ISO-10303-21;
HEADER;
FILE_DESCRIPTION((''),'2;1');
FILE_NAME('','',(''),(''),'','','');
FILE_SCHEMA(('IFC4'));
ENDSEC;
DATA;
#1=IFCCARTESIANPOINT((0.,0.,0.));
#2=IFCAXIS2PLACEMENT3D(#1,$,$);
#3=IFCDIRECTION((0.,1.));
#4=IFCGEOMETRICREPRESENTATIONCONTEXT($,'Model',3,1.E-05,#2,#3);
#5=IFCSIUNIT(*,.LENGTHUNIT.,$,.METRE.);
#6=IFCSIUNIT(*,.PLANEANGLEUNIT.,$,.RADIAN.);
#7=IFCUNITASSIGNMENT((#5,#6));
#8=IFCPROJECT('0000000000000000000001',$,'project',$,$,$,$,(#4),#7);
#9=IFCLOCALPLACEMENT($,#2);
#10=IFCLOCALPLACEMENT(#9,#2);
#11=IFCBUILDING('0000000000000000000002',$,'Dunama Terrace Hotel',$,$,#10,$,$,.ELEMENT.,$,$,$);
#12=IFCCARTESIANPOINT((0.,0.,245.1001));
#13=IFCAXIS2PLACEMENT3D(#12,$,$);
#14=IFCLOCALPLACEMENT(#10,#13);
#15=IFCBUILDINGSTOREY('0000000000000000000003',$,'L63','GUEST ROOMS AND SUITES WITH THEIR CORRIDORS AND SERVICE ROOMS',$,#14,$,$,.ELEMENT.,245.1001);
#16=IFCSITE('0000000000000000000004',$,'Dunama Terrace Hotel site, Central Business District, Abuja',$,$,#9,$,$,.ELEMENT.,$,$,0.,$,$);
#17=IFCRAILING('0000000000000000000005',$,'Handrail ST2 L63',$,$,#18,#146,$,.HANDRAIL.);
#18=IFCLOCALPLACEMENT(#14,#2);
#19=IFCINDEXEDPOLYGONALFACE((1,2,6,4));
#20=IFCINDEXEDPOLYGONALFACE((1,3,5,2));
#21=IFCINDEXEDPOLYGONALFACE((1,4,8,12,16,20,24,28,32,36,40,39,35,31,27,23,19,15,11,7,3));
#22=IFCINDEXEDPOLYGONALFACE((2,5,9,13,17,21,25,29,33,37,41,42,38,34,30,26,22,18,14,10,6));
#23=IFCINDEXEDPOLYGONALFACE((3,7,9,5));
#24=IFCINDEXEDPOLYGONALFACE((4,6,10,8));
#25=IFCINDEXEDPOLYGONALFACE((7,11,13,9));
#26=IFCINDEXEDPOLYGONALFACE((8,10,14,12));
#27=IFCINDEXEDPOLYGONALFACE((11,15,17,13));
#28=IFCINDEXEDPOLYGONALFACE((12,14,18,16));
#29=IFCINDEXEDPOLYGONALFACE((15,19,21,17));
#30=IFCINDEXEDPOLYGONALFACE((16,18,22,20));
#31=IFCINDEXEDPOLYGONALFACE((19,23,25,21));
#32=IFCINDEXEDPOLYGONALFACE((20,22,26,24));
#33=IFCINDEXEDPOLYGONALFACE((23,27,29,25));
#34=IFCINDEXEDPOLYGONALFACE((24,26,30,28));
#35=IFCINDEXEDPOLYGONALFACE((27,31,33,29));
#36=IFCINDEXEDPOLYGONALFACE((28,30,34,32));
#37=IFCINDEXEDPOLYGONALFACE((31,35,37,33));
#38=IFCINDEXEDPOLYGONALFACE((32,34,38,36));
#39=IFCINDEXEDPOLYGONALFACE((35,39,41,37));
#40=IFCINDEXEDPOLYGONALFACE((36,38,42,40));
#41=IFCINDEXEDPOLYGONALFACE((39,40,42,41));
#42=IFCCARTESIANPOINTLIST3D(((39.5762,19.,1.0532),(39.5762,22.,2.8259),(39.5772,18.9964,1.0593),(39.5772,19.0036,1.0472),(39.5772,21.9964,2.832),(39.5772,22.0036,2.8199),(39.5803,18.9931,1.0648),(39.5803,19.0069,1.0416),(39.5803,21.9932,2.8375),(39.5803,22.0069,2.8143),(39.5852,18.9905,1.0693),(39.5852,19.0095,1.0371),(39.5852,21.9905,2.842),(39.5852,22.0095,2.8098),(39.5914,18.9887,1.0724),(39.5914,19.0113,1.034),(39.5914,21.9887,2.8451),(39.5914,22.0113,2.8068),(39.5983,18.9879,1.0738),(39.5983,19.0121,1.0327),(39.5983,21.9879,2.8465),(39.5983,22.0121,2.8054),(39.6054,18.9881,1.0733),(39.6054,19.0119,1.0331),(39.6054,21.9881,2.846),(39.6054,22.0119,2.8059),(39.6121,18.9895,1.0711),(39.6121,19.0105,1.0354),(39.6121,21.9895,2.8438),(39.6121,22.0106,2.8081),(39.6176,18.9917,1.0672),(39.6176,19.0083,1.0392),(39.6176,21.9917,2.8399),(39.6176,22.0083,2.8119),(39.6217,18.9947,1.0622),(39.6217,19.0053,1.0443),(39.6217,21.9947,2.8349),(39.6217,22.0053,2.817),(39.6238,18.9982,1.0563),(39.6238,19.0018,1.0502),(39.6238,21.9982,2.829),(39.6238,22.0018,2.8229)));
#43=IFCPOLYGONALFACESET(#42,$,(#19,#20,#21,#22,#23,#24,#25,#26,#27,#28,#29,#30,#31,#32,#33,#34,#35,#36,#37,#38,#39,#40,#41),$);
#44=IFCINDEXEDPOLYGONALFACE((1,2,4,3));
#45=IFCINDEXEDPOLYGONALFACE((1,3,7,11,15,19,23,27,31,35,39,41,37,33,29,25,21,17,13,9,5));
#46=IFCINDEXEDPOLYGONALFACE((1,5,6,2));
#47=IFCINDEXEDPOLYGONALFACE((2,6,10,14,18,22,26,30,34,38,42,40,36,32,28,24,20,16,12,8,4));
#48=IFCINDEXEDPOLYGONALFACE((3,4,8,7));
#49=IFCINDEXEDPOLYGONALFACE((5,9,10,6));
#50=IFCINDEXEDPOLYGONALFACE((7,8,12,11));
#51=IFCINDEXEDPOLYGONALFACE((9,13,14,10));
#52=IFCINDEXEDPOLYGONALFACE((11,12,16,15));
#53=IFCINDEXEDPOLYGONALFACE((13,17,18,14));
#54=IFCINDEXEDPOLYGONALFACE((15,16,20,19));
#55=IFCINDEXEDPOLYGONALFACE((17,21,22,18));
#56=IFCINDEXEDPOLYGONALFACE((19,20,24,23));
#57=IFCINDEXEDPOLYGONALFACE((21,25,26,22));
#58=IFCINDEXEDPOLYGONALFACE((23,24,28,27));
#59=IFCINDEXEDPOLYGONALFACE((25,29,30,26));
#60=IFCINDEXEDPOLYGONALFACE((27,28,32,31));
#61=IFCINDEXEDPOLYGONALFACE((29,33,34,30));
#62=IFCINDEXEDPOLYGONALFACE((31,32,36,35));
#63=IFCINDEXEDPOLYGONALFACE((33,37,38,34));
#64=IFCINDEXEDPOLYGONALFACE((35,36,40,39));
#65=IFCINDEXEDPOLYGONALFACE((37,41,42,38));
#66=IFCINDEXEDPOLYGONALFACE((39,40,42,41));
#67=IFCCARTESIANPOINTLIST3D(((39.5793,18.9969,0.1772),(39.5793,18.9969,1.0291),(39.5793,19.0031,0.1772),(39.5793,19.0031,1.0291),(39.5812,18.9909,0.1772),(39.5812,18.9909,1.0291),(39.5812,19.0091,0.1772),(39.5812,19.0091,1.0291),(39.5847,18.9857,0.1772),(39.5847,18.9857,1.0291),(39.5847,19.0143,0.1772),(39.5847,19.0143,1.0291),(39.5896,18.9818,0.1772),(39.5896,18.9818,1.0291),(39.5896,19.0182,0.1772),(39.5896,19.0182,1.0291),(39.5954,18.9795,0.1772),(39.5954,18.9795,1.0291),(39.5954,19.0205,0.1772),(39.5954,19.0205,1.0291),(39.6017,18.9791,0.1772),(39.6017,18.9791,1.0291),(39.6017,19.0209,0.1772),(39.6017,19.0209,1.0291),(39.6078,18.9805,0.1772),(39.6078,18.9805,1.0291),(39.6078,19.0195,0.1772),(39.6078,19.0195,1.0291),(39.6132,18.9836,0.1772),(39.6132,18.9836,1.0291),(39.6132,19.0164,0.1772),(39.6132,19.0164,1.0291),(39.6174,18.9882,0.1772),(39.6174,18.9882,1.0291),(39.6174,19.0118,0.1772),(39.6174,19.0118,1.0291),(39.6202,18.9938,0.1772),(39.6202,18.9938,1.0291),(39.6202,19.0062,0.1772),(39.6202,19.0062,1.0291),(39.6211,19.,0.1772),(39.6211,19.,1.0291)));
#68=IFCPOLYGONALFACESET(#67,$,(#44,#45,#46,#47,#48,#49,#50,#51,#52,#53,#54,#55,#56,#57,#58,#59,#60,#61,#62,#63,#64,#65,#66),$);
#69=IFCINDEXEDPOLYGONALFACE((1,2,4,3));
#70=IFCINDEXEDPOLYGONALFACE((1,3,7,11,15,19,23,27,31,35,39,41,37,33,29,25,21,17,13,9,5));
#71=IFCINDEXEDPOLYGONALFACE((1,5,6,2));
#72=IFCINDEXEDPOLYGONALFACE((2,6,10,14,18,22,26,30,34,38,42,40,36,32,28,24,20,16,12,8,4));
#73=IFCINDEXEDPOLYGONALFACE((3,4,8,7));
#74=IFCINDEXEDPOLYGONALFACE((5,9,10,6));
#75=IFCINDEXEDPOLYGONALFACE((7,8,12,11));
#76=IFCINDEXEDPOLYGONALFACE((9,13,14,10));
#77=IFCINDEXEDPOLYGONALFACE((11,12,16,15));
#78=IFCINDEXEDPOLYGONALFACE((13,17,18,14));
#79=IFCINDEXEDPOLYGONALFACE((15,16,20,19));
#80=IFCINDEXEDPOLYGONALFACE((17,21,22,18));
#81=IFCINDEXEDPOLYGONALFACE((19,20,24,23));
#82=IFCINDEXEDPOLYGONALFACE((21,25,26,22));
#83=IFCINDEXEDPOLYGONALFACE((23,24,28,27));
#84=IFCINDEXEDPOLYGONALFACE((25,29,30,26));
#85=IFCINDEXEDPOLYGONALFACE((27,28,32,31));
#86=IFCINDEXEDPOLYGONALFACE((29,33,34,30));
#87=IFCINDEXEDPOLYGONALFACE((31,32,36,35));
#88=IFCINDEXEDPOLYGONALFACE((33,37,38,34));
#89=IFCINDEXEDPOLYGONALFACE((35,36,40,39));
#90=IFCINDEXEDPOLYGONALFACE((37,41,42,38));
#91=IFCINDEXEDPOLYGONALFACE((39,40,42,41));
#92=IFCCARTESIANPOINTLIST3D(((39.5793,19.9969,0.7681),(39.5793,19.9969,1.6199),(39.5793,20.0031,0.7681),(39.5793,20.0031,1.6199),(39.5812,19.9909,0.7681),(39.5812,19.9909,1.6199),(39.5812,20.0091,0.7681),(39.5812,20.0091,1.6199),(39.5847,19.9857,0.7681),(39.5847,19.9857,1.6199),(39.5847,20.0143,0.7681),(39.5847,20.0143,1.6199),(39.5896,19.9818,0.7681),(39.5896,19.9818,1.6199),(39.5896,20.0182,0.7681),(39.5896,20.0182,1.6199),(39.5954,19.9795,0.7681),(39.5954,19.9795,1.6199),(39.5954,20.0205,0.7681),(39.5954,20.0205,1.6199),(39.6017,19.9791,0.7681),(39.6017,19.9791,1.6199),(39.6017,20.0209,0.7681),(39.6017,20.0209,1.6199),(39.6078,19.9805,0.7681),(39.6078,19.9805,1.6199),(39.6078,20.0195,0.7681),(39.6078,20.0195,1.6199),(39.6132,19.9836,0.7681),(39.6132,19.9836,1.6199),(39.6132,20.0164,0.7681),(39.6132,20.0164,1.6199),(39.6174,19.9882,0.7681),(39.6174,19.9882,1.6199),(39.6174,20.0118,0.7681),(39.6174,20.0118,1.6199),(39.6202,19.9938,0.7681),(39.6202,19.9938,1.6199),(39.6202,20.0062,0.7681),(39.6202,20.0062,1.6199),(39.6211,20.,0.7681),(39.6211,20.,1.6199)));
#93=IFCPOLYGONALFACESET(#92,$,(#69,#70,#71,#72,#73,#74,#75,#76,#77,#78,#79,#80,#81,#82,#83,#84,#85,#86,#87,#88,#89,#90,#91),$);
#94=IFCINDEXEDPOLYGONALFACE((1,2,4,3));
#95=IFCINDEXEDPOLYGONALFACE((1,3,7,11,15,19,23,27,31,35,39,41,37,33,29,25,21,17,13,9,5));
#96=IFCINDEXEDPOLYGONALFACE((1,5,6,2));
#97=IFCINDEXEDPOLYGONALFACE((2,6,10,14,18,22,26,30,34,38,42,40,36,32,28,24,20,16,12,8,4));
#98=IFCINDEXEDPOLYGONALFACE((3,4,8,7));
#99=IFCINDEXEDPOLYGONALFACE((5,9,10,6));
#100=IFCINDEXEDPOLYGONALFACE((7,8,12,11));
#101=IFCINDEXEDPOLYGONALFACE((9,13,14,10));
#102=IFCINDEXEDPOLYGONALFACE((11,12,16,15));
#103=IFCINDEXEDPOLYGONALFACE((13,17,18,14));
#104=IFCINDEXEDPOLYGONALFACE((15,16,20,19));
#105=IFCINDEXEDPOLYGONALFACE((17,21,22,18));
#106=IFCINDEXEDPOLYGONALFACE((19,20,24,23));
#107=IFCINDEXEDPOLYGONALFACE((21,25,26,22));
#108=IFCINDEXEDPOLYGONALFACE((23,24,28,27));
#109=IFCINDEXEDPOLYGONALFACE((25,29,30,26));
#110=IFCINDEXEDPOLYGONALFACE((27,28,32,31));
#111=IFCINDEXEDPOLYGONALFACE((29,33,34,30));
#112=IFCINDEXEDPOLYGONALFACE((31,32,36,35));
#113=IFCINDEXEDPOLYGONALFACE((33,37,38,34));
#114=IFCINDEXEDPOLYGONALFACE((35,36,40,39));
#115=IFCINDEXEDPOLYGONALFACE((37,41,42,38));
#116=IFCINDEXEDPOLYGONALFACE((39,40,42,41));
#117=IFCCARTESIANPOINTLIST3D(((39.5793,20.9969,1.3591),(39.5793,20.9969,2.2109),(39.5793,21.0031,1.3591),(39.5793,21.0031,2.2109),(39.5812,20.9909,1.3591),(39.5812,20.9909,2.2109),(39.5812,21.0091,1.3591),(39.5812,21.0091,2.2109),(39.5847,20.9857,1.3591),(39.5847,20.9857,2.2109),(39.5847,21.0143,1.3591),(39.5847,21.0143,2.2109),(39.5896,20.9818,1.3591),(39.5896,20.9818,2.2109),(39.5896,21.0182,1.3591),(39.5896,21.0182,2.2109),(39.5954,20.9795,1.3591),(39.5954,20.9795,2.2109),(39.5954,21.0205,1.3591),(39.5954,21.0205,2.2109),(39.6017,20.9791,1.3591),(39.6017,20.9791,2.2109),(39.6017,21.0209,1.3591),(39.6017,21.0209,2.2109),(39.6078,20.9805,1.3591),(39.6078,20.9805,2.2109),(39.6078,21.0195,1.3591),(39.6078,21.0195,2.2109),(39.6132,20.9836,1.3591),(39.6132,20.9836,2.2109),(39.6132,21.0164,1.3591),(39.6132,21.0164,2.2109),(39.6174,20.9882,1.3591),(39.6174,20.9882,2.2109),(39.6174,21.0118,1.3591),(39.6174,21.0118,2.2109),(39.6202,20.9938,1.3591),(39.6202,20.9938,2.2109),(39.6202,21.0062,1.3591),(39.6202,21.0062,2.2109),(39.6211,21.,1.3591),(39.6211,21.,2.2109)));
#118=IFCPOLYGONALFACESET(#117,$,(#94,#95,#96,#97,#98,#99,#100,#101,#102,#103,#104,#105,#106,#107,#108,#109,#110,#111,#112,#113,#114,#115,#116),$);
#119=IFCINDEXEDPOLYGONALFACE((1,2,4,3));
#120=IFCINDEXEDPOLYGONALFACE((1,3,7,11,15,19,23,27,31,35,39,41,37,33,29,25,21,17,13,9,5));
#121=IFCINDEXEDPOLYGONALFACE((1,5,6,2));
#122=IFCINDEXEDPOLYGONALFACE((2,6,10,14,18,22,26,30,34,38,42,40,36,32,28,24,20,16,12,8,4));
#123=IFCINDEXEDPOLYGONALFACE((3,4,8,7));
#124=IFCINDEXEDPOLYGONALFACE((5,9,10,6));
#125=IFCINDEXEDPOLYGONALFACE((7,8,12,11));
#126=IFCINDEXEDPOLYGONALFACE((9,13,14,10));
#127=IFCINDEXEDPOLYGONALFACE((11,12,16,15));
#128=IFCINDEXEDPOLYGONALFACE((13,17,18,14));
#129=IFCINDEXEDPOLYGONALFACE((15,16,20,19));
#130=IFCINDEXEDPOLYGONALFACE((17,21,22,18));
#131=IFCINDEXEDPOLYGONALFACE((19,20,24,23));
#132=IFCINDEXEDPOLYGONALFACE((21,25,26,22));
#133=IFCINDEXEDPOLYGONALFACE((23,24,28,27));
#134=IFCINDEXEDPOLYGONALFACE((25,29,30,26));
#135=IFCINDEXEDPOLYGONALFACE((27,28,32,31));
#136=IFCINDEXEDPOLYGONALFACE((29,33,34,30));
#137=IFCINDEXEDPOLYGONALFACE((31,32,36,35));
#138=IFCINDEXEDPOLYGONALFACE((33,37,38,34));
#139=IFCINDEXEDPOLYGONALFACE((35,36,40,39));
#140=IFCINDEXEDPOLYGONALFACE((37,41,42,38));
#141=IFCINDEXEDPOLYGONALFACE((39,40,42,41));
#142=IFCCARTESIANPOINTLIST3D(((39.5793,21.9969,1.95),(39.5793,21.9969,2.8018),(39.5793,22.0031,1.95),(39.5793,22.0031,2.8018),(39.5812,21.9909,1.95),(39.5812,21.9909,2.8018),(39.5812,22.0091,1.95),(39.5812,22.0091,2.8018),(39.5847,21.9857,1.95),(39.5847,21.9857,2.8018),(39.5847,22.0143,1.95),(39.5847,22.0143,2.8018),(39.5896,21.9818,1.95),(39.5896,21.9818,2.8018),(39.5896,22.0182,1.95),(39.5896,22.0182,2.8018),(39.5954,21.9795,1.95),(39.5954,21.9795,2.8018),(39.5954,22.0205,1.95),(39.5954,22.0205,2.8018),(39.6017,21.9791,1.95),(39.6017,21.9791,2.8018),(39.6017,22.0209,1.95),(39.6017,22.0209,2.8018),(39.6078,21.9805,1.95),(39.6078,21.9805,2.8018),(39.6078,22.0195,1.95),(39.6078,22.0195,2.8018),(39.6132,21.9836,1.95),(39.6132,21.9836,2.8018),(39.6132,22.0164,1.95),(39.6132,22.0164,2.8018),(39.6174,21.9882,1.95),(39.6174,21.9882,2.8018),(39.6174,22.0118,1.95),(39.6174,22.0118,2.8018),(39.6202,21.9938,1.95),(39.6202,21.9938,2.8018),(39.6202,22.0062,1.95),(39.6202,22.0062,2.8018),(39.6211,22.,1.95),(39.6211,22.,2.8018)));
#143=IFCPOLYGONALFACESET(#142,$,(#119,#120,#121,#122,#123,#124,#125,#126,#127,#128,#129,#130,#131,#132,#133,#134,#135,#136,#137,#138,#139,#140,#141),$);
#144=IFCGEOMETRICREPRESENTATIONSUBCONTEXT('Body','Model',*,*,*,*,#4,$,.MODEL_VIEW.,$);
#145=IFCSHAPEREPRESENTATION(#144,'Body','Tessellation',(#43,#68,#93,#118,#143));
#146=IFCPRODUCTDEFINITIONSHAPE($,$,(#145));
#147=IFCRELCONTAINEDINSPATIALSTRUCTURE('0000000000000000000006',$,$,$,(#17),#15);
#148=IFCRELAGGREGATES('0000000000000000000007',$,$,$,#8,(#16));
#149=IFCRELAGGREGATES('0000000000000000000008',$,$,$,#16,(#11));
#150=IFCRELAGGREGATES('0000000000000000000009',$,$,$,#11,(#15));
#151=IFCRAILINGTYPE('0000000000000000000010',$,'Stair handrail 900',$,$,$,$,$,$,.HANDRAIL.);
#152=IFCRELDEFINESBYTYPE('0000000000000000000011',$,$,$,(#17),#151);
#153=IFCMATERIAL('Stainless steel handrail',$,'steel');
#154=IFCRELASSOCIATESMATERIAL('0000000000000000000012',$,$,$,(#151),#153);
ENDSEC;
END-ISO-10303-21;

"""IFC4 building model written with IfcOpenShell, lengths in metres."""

from ifc_helpers import new_model, si_unit, direction, frame, origin, origin_2d, place, context, subcontext, project, spatial, circle, extrude, material, type_object, element, save


model = new_model("IFC4")

# Units and contexts
model_context = context("Model", 3, precision=1e-05, world=origin(), true_north=direction((0.0, 1.0)))
body_context = subcontext(model_context, "Body", "Model", "MODEL_VIEW")
ifc_project = project(units=[si_unit("LENGTHUNIT", "METRE"), si_unit("PLANEANGLEUNIT", "RADIAN")], contexts=[model_context])

# Site, building, storey
site_placement = place(None, origin())
site = spatial("IfcSite", under=ifc_project, at=site_placement, Name="Dunama Terrace Hotel site, Central Business District, Abuja", CompositionType="ELEMENT", RefElevation=0.0)
building_placement = place(site_placement, origin())
building = spatial("IfcBuilding", under=site, at=building_placement, Name="Dunama Terrace Hotel", CompositionType="ELEMENT")
storey_placement = place(building_placement, frame((0.0, 0.0, 245.1001)))
storey = spatial("IfcBuildingStorey", under=building, at=storey_placement, Name="L63", Description="GUEST ROOMS AND SUITES WITH THEIR CORRIDORS AND SERVICE ROOMS", CompositionType="ELEMENT", Elevation=245.1001)

# Railing
ifc_material_1 = material(Name="Stainless steel handrail", Category="steel")
railing_type_1 = type_object("IfcRailingType", Name="Stair handrail 900", PredefinedType="HANDRAIL", material=ifc_material_1)
railing_1_placement = place(storey_placement, frame((39.6001, 19.0, 0.1772)))
element("IfcRailing", 1, at=railing_1_placement, inside=storey, type_object=railing_type_1, Name="Handrail ST2 L63", PredefinedType="HANDRAIL", context=body_context, shape_type="SweptSolid", body=[
    extrude(circle(Radius=0.0239, at=origin_2d()), frame((0.0, 0.0, 0.876), z_axis=(0.0, 0.860929, 0.508725), x_axis=(-1.0, 0.0, 0.0)), (0.0, 0.0, 1.0), 3.4846),
    extrude(circle(Radius=0.021, at=origin_2d()), origin(), (0.0, 0.0, 1.0), 0.8518),
    extrude(circle(Radius=0.021, at=origin_2d()), frame((0.0, 1.0, 0.5908)), (0.0, 0.0, 1.0), 0.8518),
    extrude(circle(Radius=0.021, at=origin_2d()), frame((0.0, 2.0, 1.1819)), (0.0, 0.0, 1.0), 0.8518),
    extrude(circle(Radius=0.021, at=origin_2d()), frame((0.0, 3.0, 1.7727)), (0.0, 0.0, 1.0), 0.8518),
])

save(model, "model.ifc")
